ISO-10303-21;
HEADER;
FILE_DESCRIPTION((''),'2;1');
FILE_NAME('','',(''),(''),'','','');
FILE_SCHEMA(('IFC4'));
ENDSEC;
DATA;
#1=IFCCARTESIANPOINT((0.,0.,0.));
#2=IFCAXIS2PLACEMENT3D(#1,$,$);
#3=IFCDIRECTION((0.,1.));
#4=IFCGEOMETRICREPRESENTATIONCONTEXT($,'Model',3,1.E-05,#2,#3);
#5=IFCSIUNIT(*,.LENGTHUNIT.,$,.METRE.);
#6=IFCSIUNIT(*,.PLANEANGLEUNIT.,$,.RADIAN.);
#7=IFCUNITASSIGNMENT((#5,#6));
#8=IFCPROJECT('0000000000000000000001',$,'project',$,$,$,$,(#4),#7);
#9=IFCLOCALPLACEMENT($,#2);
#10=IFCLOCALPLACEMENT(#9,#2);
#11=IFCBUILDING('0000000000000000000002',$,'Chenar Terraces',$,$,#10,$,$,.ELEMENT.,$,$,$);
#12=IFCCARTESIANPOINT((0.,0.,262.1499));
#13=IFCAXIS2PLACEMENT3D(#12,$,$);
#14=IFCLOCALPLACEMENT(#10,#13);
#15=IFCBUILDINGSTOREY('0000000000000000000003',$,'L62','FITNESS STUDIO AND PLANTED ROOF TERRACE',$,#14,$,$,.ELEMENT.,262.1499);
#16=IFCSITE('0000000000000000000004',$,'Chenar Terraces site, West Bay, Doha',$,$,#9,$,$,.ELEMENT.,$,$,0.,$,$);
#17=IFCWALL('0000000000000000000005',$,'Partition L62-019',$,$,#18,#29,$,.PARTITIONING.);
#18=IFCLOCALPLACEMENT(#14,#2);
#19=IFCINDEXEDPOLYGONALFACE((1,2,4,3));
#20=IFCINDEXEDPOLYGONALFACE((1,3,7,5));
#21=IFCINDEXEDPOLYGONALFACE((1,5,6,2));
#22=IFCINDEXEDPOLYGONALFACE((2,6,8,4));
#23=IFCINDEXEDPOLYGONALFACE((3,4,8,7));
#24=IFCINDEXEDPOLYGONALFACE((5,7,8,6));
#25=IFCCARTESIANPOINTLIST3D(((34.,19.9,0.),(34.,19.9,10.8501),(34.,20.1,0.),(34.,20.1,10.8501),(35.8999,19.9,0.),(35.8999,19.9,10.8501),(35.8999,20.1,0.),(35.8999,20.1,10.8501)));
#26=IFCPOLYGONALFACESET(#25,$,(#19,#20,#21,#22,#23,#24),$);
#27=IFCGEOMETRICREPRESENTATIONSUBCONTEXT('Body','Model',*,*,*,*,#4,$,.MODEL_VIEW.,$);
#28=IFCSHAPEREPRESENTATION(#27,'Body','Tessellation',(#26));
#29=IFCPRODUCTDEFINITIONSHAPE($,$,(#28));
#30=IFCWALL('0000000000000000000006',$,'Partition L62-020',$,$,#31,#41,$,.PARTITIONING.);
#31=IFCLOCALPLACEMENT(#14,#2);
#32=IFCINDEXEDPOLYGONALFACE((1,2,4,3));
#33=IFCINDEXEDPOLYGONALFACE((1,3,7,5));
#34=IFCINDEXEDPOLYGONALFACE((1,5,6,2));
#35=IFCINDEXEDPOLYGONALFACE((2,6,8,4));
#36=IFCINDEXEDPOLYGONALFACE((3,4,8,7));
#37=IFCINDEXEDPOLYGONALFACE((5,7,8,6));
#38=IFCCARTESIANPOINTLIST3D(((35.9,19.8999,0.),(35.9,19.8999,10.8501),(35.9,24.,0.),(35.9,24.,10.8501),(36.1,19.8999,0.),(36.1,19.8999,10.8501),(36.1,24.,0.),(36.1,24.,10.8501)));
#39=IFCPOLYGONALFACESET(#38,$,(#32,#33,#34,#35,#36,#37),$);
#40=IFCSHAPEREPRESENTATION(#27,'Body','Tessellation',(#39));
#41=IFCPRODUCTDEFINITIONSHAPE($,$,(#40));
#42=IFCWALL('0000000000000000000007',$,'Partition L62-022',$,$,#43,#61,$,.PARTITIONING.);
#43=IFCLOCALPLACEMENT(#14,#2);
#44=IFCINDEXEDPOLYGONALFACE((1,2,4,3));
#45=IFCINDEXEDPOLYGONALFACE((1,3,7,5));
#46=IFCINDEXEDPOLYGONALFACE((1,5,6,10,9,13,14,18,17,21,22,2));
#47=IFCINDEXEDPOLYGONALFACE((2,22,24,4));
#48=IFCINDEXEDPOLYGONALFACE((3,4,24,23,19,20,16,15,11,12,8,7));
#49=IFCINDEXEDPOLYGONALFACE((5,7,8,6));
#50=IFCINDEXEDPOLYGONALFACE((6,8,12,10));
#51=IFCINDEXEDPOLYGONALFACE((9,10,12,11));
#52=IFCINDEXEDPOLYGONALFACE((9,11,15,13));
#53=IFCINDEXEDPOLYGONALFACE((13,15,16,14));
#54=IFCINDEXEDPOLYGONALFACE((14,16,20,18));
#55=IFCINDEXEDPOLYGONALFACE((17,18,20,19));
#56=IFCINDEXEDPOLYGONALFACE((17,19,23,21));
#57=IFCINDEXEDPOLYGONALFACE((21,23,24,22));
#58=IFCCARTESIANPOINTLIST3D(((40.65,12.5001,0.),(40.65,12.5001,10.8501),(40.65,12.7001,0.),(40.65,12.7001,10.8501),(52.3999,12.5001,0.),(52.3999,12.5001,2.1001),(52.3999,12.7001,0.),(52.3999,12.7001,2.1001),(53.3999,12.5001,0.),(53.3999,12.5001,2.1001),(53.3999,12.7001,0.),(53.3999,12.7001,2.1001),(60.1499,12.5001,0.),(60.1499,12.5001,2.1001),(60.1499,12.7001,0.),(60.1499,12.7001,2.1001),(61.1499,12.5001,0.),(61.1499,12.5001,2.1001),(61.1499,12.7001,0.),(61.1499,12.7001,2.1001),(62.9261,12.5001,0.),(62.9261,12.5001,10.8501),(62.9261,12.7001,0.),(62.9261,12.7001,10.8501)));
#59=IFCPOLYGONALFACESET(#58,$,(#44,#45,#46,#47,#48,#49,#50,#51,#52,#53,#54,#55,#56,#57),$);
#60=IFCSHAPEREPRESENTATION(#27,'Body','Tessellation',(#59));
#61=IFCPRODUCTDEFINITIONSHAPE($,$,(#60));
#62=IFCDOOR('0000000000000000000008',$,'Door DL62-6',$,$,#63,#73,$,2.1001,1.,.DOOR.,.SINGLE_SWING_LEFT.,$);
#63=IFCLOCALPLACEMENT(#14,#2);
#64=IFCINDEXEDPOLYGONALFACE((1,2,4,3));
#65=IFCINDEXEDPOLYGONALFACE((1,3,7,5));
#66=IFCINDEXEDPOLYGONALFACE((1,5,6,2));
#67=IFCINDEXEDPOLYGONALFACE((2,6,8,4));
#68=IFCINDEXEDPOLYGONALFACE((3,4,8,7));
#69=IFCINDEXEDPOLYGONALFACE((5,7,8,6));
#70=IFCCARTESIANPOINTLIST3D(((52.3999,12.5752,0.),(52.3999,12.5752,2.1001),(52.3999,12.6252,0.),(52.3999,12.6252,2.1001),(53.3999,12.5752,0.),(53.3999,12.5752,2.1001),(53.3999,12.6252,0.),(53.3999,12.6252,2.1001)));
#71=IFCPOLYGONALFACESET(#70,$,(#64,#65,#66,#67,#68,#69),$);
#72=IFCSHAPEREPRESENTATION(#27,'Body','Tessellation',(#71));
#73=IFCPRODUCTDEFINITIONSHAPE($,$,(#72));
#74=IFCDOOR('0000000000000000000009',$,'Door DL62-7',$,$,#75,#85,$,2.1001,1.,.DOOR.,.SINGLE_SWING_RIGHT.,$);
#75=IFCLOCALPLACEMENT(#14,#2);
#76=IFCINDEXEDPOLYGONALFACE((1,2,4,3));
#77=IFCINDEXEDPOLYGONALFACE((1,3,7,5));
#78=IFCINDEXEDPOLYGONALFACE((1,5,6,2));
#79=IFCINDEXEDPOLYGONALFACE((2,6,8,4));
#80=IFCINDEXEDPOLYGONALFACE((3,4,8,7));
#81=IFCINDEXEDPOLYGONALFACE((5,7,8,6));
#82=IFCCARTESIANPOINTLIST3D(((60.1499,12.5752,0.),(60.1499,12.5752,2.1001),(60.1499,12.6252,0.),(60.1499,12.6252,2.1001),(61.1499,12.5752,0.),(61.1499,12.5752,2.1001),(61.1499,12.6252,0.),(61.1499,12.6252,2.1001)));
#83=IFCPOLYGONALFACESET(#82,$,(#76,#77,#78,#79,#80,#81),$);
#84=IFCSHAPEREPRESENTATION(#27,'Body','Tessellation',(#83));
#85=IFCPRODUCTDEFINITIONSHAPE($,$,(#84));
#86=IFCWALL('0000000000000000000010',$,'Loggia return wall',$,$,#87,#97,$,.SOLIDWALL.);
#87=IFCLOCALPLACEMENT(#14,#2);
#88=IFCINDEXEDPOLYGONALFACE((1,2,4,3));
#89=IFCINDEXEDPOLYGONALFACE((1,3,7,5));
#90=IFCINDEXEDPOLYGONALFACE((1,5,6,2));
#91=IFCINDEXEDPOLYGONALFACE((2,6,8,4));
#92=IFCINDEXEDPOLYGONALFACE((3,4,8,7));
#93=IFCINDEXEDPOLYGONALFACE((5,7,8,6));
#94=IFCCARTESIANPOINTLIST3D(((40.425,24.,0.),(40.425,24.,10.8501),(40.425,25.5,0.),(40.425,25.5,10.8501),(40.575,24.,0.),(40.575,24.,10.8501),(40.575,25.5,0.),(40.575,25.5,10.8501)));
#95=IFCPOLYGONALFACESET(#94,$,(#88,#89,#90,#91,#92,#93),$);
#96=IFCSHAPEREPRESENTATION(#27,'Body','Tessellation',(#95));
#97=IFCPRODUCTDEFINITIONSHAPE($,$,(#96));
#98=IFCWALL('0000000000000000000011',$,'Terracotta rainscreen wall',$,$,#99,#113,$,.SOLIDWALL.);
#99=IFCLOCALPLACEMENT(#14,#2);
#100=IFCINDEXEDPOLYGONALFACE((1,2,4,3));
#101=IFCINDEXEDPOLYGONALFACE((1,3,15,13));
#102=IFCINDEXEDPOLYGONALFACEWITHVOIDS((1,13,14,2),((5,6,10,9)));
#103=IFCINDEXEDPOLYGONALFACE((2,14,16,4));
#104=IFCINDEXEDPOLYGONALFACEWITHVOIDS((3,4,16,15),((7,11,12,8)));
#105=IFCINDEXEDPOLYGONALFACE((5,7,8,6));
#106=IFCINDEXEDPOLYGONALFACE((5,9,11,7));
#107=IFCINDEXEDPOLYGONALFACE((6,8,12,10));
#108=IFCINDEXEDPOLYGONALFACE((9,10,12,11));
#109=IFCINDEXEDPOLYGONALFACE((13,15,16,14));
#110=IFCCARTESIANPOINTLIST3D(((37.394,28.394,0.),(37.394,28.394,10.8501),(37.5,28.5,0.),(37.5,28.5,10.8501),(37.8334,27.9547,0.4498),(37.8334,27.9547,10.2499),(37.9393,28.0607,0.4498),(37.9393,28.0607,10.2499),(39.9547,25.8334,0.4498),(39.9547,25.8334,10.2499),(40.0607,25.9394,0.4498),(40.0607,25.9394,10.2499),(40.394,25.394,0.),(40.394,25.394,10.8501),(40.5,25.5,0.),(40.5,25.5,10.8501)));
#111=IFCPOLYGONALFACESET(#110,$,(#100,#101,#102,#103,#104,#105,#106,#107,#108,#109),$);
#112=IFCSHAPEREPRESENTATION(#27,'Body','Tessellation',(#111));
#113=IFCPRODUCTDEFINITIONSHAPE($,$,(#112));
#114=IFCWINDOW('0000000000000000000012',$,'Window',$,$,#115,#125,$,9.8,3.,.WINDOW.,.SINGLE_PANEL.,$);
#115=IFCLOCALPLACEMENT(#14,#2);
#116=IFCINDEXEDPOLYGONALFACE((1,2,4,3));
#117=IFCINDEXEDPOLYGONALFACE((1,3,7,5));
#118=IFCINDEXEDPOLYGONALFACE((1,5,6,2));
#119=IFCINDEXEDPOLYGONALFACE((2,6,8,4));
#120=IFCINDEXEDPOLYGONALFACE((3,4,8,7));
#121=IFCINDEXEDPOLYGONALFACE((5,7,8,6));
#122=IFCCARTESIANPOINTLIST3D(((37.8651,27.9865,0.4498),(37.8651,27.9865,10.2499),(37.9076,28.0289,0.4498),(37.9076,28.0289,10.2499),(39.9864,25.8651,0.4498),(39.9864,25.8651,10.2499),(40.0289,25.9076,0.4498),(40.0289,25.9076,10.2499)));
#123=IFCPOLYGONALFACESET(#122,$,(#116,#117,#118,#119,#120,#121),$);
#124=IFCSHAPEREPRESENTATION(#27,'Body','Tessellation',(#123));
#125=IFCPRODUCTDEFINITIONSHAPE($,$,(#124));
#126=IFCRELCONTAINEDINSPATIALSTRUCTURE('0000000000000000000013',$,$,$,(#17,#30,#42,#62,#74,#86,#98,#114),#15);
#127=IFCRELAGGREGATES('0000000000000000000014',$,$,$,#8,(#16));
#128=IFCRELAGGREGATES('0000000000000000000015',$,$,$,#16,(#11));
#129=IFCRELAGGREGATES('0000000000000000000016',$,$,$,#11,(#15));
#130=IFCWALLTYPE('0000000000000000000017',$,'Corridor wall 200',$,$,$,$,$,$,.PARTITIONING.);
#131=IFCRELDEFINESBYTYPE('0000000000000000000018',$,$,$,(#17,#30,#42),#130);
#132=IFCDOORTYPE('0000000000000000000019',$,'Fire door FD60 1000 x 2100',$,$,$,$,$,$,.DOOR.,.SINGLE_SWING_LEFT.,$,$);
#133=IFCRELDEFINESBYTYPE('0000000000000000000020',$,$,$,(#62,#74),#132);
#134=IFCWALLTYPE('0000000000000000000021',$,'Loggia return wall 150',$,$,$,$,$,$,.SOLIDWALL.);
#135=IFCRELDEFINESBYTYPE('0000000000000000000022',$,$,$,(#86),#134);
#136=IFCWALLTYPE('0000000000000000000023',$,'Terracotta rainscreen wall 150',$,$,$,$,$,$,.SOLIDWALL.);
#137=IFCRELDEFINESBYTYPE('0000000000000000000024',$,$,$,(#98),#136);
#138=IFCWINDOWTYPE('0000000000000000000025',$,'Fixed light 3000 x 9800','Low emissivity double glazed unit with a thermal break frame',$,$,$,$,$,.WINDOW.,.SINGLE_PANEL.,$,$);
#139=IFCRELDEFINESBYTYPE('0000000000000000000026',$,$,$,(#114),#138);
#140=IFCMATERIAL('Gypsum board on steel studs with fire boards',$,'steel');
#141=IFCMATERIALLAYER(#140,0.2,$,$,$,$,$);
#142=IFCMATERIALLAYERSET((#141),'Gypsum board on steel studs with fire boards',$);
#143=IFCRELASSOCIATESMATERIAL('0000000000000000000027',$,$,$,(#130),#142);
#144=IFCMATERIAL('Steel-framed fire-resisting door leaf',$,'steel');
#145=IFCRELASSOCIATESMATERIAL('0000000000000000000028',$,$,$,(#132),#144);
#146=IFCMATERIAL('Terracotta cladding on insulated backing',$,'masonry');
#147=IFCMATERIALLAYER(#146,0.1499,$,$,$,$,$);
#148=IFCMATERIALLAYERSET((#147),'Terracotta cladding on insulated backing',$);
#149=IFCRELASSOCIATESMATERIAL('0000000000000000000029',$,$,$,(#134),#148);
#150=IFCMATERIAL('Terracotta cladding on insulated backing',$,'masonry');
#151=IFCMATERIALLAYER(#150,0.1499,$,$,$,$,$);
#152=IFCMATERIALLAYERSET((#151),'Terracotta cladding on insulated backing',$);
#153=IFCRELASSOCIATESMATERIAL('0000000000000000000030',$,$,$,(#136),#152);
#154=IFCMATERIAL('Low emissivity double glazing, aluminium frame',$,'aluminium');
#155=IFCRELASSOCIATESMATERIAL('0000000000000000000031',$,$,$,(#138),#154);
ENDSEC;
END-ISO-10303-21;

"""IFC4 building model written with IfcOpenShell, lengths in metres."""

from ifc_helpers import new_model, si_unit, direction, frame, frame_2d, origin, place, context, subcontext, project, spatial, rectangle, extrude, material, layer, layer_set, type_object, element, fill, save


model = new_model("IFC4")

# Units and contexts
model_context = context("Model", 3, precision=1e-05, world=origin(), true_north=direction((0.0, 1.0)))
body_context = subcontext(model_context, "Body", "Model", "MODEL_VIEW")
ifc_project = project(units=[si_unit("LENGTHUNIT", "METRE"), si_unit("PLANEANGLEUNIT", "RADIAN")], contexts=[model_context])

# Site, building, storey
site_placement = place(None, origin())
site = spatial("IfcSite", under=ifc_project, at=site_placement, Name="Chenar Terraces site, West Bay, Doha", CompositionType="ELEMENT", RefElevation=0.0)
building_placement = place(site_placement, origin())
building = spatial("IfcBuilding", under=site, at=building_placement, Name="Chenar Terraces", CompositionType="ELEMENT")
storey_placement = place(building_placement, frame((0.0, 0.0, 262.1499)))
storey = spatial("IfcBuildingStorey", under=building, at=storey_placement, Name="L62", Description="FITNESS STUDIO AND PLANTED ROOF TERRACE", CompositionType="ELEMENT", Elevation=262.1499)

# Shared definitions
ifc_material_1 = material(Name="Gypsum board on steel studs with fire boards", Category="steel")
ifc_layer_1 = layer(ifc_material_1, 0.2)
ifc_layer_set_1 = layer_set([ifc_layer_1], Name="Gypsum board on steel studs with fire boards")
wall_type_1 = type_object("IfcWallType", Name="Corridor wall 200", PredefinedType="PARTITIONING", material=ifc_layer_set_1)

# Shared definitions
ifc_material_2 = material(Name="Steel-framed fire-resisting door leaf", Category="steel")
door_type_1 = type_object("IfcDoorType", Name="Fire door FD60 1000 x 2100", OperationType="SINGLE_SWING_LEFT", PredefinedType="DOOR", material=ifc_material_2)

# Walls
wall_1_placement = place(storey_placement, frame((34.0, 20.0, 0.0), z_axis=(0.0, 0.0, 1.0), x_axis=(1.0, 0.0, 0.0)))
element("IfcWall", 1, at=wall_1_placement, inside=storey, type_object=wall_type_1, Name="Partition L62-019", PredefinedType="PARTITIONING", context=body_context, shape_type="SweptSolid", body=[
    extrude(rectangle(XDim=1.8999, YDim=0.2, at=frame_2d((0.95, 0.0))), origin(), (0.0, 0.0, 1.0), 10.8501),
])
wall_2_placement = place(storey_placement, frame((36.0, 19.8999, 0.0), z_axis=(0.0, 0.0, 1.0), x_axis=(0.0, 1.0, 0.0)))
element("IfcWall", 2, at=wall_2_placement, inside=storey, type_object=wall_type_1, Name="Partition L62-020", PredefinedType="PARTITIONING", context=body_context, shape_type="SweptSolid", body=[
    extrude(rectangle(XDim=4.1001, YDim=0.2, at=frame_2d((2.05, 0.0))), origin(), (0.0, 0.0, 1.0), 10.8501),
])

# Wall, openings, doors
wall_3_placement = place(storey_placement, frame((40.6499, 12.6001, 0.0), z_axis=(0.0, 0.0, 1.0), x_axis=(1.0, 0.0, 0.0)))
wall_3 = element("IfcWall", 3, at=wall_3_placement, inside=storey, type_object=wall_type_1, Name="Partition L62-022", PredefinedType="PARTITIONING", context=body_context, shape_type="SweptSolid", body=[
    extrude(rectangle(XDim=22.2761, YDim=0.2, at=frame_2d((11.1382, 0.0))), origin(), (0.0, 0.0, 1.0), 10.8501),
])
opening_1_placement = place(wall_3_placement, frame((11.75, 0.0, 0.0)))
opening_1 = element("IfcOpeningElement", 4, at=opening_1_placement, cuts=wall_3, PredefinedType="OPENING", context=body_context, shape_type="SweptSolid", body=[
    extrude(rectangle(XDim=1.0, YDim=2.1001, at=frame_2d((0.5, 1.05))), frame((0.0, 0.1099, 0.0), z_axis=(0.0, -1.0, 0.0), x_axis=(1.0, 0.0, 0.0)), (0.0, 0.0, 1.0), 0.22),
])
opening_2_placement = place(wall_3_placement, frame((19.5, 0.0, 0.0)))
opening_2 = element("IfcOpeningElement", 5, at=opening_2_placement, cuts=wall_3, PredefinedType="OPENING", context=body_context, shape_type="SweptSolid", body=[
    extrude(rectangle(XDim=1.0, YDim=2.1001, at=frame_2d((0.5, 1.05))), frame((0.0, 0.1099, 0.0), z_axis=(0.0, -1.0, 0.0), x_axis=(1.0, 0.0, 0.0)), (0.0, 0.0, 1.0), 0.22),
])
door_1_placement = place(opening_1_placement, frame((1.0, 0.0, 0.0), z_axis=(0.0, 0.0, 1.0), x_axis=(-1.0, 0.0, 0.0)))
door_1 = element("IfcDoor", 6, at=door_1_placement, inside=storey, type_object=door_type_1, Name="Door DL62-6", OperationType="SINGLE_SWING_LEFT", OverallHeight=2.1001, OverallWidth=1.0, PredefinedType="DOOR", context=body_context, shape_type="SweptSolid", body=[
    extrude(rectangle(XDim=1.0, YDim=2.1001, at=frame_2d((0.5, 1.05))), frame((0.0, 0.0249, 0.0), z_axis=(0.0, -1.0, 0.0), x_axis=(1.0, 0.0, 0.0)), (0.0, 0.0, 1.0), 0.05),
])
fill(opening_1, door_1)
door_2_placement = place(opening_2_placement, frame((1.0, 0.0, 0.0), z_axis=(0.0, 0.0, 1.0), x_axis=(-1.0, 0.0, 0.0)))
door_2 = element("IfcDoor", 7, at=door_2_placement, inside=storey, type_object=door_type_1, Name="Door DL62-7", OperationType="SINGLE_SWING_RIGHT", OverallHeight=2.1001, OverallWidth=1.0, PredefinedType="DOOR", context=body_context, shape_type="SweptSolid", body=[
    extrude(rectangle(XDim=1.0, YDim=2.1001, at=frame_2d((0.5, 1.05))), frame((0.0, 0.0249, 0.0), z_axis=(0.0, -1.0, 0.0), x_axis=(1.0, 0.0, 0.0)), (0.0, 0.0, 1.0), 0.05),
])
fill(opening_2, door_2)

# Wall
ifc_material_3 = material(Name="Terracotta cladding on insulated backing", Category="masonry")
ifc_layer_2 = layer(ifc_material_3, 0.1499)
ifc_layer_set_2 = layer_set([ifc_layer_2], Name="Terracotta cladding on insulated backing")
wall_type_2 = type_object("IfcWallType", Name="Loggia return wall 150", PredefinedType="SOLIDWALL", material=ifc_layer_set_2)
wall_4_placement = place(storey_placement, frame((40.5, 25.5, 0.0), z_axis=(0.0, 0.0, 1.0), x_axis=(0.0, -1.0, 0.0)))
element("IfcWall", 8, at=wall_4_placement, inside=storey, type_object=wall_type_2, Name="Loggia return wall", PredefinedType="SOLIDWALL", context=body_context, shape_type="SweptSolid", body=[
    extrude(rectangle(XDim=1.5, YDim=0.1499, at=frame_2d((0.75, 0.0))), origin(), (0.0, 0.0, 1.0), 10.8501),
])

# Wall, opening, window
ifc_material_4 = material(Name="Terracotta cladding on insulated backing", Category="masonry")
ifc_layer_3 = layer(ifc_material_4, 0.1499)
ifc_layer_set_3 = layer_set([ifc_layer_3], Name="Terracotta cladding on insulated backing")
wall_type_3 = type_object("IfcWallType", Name="Terracotta rainscreen wall 150", PredefinedType="SOLIDWALL", material=ifc_layer_set_3)
wall_5_placement = place(storey_placement, frame((40.447, 25.447, 0.0), z_axis=(0.0, 0.0, 1.0), x_axis=(-0.707107, 0.707107, 0.0)))
wall_5 = element("IfcWall", 9, at=wall_5_placement, inside=storey, type_object=wall_type_3, Name="Terracotta rainscreen wall", PredefinedType="SOLIDWALL", context=body_context, shape_type="SweptSolid", body=[
    extrude(rectangle(XDim=4.2427, YDim=0.1499, at=frame_2d((2.1213, 0.0))), origin(), (0.0, 0.0, 1.0), 10.8501),
])
opening_3_placement = place(wall_5_placement, frame((0.6213, 0.0, 0.45)))
opening_3 = element("IfcOpeningElement", 10, at=opening_3_placement, cuts=wall_5, PredefinedType="OPENING", context=body_context, shape_type="SweptSolid", body=[
    extrude(rectangle(XDim=3.0, YDim=9.8, at=frame_2d((1.5, 4.8999))), frame((0.0, 0.085, 0.0), z_axis=(0.0, -1.0, 0.0), x_axis=(1.0, 0.0, 0.0)), (0.0, 0.0, 1.0), 0.1699),
])
ifc_material_5 = material(Name="Low emissivity double glazing, aluminium frame", Category="aluminium")
window_type = type_object("IfcWindowType", Name="Fixed light 3000 x 9800", Description="Low emissivity double glazed unit with a thermal break frame", PartitioningType="SINGLE_PANEL", PredefinedType="WINDOW", material=ifc_material_5)
window_placement = place(opening_3_placement, origin())
window = element("IfcWindow", 11, at=window_placement, inside=storey, type_object=window_type, Name="Window", OverallHeight=9.8, OverallWidth=3.0, PartitioningType="SINGLE_PANEL", PredefinedType="WINDOW", context=body_context, shape_type="SweptSolid", body=[
    extrude(rectangle(XDim=3.0, YDim=9.8, at=frame_2d((1.5, 4.8999))), frame((0.0, 0.03, 0.0), z_axis=(0.0, -1.0, 0.0), x_axis=(1.0, 0.0, 0.0)), (0.0, 0.0, 1.0), 0.0601),
])
fill(opening_3, window)

save(model, "model.ifc")
